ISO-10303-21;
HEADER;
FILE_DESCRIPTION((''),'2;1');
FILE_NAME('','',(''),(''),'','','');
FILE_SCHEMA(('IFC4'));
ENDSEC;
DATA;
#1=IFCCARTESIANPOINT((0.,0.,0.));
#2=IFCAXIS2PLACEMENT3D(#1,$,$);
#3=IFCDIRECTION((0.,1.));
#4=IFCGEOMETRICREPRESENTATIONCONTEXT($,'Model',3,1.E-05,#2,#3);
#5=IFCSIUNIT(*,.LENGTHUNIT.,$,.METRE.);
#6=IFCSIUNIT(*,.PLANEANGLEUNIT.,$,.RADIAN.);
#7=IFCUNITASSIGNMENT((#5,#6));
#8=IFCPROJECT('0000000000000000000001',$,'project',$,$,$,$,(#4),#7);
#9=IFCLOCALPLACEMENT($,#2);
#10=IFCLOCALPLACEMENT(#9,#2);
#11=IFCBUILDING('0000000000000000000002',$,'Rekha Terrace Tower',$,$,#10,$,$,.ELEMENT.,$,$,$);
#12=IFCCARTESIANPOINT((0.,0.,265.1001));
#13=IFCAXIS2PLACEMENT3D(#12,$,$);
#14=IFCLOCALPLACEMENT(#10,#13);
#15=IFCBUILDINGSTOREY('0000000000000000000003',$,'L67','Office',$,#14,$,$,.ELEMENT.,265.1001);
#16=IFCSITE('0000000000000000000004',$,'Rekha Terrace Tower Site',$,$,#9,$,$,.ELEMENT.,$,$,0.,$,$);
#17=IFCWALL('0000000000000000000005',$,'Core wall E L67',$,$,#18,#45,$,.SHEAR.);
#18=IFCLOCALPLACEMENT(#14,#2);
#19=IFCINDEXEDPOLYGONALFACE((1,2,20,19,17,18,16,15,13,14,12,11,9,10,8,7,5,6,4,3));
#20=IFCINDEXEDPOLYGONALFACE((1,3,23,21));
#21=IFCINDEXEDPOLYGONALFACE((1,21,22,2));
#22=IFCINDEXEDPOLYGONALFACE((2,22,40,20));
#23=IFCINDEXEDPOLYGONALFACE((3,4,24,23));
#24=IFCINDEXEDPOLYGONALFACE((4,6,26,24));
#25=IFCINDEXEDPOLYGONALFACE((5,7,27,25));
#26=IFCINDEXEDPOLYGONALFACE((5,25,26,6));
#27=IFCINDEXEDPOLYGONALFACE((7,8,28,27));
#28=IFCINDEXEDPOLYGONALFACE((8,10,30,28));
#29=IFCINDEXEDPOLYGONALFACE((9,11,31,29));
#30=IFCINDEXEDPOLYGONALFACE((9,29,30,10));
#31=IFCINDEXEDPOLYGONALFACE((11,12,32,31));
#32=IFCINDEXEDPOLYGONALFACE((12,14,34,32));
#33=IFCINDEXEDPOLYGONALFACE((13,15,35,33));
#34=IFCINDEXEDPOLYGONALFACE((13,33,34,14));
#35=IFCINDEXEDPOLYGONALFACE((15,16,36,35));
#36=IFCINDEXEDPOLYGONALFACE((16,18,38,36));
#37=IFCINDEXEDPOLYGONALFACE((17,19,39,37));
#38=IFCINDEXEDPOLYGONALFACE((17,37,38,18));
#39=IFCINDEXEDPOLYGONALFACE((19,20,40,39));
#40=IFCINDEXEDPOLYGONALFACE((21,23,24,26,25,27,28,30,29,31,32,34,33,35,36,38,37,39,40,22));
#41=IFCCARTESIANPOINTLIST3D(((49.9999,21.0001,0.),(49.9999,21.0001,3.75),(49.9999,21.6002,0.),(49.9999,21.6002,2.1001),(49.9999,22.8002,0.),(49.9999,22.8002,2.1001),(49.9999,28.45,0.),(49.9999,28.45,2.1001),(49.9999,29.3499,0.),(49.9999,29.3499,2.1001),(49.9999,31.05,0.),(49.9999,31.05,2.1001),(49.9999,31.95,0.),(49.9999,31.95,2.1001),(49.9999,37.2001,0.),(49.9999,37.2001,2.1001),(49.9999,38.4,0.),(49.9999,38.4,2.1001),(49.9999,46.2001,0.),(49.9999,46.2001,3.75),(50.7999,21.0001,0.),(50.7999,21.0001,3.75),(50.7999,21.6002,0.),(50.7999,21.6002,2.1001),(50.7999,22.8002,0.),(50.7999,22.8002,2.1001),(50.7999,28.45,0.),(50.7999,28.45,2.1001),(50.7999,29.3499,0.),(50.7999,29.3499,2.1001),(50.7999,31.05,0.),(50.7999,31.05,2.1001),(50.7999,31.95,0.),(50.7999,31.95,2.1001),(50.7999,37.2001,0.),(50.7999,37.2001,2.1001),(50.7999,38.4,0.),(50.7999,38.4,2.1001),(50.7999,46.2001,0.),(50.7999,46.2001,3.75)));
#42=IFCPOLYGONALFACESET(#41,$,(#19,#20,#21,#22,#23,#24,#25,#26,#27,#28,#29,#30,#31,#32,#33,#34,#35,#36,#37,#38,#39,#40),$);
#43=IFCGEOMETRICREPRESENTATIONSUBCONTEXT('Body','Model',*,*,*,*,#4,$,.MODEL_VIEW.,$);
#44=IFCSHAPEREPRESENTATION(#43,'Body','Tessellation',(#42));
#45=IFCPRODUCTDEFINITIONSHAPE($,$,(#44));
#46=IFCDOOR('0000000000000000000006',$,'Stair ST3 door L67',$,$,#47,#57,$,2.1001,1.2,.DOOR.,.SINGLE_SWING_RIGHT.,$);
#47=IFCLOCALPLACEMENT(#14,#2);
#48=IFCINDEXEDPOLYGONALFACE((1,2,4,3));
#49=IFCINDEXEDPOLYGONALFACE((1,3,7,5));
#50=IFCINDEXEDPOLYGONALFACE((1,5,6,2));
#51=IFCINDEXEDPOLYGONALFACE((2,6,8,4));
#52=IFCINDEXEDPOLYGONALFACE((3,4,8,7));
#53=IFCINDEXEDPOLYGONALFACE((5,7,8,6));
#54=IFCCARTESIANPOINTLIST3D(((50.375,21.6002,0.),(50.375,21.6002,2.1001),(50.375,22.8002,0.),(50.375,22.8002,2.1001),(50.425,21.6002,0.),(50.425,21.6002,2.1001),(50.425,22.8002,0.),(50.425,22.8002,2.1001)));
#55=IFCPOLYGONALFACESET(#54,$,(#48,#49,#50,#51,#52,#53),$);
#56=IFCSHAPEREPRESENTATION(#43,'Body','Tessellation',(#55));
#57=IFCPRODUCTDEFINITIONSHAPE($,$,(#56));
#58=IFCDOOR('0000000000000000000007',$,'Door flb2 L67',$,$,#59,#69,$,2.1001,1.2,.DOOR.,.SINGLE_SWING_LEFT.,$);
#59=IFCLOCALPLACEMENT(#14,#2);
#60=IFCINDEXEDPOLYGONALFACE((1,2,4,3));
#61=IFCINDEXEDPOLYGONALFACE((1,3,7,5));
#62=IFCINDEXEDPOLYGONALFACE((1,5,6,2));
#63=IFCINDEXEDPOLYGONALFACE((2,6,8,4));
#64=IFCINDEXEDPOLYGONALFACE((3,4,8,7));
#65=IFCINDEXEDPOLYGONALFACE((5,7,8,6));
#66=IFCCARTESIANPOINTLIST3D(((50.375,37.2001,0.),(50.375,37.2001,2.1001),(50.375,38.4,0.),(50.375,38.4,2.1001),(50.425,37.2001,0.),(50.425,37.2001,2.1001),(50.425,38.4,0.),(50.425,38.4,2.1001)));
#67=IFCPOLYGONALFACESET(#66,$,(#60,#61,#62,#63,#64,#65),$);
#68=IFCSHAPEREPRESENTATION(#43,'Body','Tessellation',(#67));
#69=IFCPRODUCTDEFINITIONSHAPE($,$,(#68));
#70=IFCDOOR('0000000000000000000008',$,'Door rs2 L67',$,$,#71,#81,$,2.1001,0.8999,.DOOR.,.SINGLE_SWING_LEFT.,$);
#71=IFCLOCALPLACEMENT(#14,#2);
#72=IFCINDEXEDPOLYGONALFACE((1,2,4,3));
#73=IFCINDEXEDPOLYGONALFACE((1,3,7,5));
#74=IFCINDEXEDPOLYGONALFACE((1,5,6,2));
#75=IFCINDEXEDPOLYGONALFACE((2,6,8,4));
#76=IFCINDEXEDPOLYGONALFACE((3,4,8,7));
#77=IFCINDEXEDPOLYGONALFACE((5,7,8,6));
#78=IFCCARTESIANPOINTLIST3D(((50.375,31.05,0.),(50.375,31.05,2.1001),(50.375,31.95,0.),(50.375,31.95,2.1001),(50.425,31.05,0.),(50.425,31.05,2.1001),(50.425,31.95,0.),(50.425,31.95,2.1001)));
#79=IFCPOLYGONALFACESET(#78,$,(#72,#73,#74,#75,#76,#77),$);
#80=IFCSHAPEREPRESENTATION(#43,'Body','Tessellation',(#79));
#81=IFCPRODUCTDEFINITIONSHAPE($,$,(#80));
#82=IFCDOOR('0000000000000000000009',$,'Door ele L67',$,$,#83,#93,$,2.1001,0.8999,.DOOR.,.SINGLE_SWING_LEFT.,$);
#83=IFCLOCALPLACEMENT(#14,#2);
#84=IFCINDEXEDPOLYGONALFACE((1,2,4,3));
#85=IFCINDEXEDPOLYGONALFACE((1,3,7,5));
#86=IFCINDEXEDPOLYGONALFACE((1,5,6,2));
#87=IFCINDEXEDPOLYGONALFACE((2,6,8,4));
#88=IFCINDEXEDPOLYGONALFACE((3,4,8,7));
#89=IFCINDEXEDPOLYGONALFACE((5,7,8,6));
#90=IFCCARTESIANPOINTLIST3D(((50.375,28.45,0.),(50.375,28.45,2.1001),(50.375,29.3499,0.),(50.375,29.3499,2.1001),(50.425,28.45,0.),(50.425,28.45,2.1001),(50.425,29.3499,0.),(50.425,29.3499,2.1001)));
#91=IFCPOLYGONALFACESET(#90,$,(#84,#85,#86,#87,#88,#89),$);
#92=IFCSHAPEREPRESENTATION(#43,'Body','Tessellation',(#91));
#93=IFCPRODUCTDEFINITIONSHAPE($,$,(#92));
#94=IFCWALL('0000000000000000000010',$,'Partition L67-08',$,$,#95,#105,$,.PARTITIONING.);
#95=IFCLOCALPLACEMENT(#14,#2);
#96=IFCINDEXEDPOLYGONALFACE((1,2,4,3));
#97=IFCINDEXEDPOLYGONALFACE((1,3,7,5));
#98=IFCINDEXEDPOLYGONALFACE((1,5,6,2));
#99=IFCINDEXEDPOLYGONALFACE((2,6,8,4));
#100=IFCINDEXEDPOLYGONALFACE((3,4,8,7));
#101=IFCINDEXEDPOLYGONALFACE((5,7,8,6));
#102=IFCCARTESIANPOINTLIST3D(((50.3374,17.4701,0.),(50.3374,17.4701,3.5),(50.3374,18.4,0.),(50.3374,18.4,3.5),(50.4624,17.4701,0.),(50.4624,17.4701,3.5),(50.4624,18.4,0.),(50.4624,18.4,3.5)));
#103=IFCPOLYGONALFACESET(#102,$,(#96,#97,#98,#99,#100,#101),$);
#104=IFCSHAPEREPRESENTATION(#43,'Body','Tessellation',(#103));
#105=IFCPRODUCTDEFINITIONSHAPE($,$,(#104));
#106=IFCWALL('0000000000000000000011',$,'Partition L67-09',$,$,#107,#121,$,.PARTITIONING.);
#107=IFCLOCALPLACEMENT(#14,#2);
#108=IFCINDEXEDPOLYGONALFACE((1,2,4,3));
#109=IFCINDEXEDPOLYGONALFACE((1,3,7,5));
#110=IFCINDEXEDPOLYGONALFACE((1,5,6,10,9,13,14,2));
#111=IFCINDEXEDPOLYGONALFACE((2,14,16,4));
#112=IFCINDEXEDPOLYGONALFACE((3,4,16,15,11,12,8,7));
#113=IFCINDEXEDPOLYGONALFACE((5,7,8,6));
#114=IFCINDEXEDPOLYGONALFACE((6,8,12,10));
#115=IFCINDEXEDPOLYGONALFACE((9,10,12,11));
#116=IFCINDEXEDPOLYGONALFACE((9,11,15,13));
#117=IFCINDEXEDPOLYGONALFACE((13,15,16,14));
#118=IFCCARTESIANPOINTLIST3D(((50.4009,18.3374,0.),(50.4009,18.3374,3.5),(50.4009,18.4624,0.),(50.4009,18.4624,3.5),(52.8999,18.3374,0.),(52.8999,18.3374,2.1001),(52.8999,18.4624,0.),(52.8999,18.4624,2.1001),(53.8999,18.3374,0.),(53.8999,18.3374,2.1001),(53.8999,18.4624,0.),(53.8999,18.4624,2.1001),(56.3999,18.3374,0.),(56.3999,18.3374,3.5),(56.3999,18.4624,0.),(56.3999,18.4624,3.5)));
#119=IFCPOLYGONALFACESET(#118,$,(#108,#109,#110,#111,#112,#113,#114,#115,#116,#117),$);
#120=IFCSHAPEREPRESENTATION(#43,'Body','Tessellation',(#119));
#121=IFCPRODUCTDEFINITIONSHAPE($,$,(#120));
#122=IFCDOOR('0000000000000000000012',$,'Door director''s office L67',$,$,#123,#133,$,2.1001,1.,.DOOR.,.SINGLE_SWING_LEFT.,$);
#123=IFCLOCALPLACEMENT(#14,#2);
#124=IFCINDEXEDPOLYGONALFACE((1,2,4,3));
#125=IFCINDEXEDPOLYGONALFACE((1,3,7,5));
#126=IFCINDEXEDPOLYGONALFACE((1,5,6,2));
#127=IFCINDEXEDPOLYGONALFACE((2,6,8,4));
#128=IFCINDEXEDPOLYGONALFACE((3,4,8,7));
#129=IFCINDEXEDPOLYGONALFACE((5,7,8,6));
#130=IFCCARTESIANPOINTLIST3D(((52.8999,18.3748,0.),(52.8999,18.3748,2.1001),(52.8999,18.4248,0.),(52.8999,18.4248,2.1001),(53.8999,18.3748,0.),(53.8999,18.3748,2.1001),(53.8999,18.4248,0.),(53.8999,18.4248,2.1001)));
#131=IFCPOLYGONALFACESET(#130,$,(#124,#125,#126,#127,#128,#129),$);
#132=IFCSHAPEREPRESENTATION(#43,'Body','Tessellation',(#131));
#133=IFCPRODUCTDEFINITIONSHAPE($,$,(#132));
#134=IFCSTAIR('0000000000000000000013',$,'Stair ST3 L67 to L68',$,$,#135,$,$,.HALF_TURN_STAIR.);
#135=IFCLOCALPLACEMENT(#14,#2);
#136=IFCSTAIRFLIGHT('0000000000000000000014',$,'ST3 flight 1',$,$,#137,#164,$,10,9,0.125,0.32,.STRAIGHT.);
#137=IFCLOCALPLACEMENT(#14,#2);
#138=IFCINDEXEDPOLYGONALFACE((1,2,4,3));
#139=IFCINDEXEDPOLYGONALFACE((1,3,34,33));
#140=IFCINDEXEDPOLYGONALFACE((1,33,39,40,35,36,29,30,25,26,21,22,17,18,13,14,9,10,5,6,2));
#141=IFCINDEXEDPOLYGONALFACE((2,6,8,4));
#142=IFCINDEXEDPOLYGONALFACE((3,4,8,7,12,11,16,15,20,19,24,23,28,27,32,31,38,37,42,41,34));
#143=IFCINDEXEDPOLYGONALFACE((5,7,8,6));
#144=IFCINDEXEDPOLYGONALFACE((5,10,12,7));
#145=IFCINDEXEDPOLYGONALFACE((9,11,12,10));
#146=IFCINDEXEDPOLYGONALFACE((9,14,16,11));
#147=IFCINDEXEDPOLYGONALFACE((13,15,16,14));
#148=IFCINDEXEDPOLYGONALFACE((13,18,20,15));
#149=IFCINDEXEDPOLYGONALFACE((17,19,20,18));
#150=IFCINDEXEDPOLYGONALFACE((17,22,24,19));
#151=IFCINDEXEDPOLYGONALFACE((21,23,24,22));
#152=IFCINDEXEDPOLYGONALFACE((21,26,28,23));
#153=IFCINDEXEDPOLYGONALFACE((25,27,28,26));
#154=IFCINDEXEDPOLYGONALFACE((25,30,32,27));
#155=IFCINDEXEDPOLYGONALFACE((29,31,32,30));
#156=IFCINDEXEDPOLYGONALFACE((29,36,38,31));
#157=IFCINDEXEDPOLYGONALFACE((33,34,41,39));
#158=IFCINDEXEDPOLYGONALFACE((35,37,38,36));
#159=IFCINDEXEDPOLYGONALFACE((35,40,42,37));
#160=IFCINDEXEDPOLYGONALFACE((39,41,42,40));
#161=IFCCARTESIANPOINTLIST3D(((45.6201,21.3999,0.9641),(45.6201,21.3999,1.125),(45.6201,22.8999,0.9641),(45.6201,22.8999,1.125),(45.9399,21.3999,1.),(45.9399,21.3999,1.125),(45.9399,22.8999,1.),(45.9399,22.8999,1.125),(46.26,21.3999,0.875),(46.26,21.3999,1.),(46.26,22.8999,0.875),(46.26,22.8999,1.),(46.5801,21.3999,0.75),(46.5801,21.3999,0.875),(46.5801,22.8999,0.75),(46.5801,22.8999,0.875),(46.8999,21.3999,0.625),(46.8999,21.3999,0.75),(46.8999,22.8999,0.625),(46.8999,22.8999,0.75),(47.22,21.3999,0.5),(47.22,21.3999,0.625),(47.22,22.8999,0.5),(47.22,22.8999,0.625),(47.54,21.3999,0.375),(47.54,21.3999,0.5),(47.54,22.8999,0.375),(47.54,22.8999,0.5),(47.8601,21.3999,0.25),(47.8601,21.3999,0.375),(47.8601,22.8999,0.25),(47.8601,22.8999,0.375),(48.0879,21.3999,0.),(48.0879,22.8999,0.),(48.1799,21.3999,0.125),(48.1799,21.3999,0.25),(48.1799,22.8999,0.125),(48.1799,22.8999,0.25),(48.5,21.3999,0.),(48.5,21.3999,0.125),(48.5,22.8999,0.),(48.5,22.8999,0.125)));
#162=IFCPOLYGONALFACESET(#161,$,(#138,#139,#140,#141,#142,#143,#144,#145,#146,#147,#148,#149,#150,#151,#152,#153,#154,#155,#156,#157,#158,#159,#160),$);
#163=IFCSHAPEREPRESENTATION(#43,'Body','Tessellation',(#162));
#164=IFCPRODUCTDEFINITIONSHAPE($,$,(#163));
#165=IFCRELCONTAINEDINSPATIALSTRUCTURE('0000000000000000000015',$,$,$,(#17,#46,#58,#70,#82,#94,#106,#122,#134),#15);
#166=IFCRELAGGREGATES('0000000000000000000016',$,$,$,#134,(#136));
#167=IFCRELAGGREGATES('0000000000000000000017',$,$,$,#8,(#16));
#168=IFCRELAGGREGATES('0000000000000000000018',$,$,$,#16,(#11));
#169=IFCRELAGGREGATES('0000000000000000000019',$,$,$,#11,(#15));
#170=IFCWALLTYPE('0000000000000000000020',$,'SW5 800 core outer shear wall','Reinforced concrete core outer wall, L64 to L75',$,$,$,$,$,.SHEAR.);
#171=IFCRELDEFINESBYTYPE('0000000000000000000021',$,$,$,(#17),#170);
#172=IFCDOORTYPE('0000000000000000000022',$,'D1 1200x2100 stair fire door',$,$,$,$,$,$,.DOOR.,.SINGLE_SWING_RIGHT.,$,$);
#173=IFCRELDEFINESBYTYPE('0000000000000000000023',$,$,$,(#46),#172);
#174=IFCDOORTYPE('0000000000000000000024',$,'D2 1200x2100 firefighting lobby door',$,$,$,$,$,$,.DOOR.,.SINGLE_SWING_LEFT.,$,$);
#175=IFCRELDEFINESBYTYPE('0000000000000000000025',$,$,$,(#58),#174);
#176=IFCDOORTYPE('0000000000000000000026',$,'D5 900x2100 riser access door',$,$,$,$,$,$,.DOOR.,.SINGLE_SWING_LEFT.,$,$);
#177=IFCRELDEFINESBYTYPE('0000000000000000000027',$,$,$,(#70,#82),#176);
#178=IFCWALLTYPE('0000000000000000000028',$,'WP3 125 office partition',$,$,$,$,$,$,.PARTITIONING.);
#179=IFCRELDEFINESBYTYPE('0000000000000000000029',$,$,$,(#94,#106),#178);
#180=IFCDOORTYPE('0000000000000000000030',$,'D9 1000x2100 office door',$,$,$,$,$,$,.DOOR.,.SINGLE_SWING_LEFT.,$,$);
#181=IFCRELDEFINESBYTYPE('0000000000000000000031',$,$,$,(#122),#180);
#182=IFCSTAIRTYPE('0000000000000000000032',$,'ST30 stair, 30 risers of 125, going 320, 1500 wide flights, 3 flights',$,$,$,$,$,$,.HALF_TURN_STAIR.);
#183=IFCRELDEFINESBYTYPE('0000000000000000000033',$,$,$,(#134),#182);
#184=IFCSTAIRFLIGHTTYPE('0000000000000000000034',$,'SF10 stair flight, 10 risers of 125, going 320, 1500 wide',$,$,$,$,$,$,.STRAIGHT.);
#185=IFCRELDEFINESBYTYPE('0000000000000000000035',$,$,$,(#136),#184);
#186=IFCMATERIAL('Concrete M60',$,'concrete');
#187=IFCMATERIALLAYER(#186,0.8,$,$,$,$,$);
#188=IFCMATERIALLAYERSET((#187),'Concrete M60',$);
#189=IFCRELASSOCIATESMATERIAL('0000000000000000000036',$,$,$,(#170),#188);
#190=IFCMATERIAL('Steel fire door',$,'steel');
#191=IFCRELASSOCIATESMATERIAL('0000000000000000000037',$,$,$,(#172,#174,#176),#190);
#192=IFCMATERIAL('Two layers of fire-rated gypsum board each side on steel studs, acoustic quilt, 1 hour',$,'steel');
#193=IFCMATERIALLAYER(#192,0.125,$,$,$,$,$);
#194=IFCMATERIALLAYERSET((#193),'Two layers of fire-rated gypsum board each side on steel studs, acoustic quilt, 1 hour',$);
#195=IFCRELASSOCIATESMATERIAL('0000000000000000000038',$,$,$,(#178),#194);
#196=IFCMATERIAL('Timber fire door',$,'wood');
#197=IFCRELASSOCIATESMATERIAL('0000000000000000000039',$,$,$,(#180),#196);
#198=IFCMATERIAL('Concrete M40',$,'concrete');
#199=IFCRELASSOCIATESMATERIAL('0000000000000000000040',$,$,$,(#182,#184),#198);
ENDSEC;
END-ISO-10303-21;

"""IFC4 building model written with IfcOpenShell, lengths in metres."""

from ifc_helpers import new_model, si_unit, direction, frame, frame_2d, origin, place, context, subcontext, project, spatial, polyline, rectangle, outline, extrude, material, layer, layer_set, type_object, element, fill, aggregate, save


model = new_model("IFC4")

# Units and contexts
model_context = context("Model", 3, precision=1e-05, world=origin(), true_north=direction((0.0, 1.0)))
body_context = subcontext(model_context, "Body", "Model", "MODEL_VIEW")
ifc_project = project(units=[si_unit("LENGTHUNIT", "METRE"), si_unit("PLANEANGLEUNIT", "RADIAN")], contexts=[model_context])

# Site, building, storey
site_placement = place(None, origin())
site = spatial("IfcSite", under=ifc_project, at=site_placement, Name="Rekha Terrace Tower Site", CompositionType="ELEMENT", RefElevation=0.0)
building_placement = place(site_placement, origin())
building = spatial("IfcBuilding", under=site, at=building_placement, Name="Rekha Terrace Tower", CompositionType="ELEMENT")
storey_placement = place(building_placement, frame((0.0, 0.0, 265.1001)))
storey = spatial("IfcBuildingStorey", under=building, at=storey_placement, Name="L67", Description="Office", CompositionType="ELEMENT", Elevation=265.1001)

# Shared definitions
ifc_material_1 = material(Name="Concrete M60", Category="concrete")

# Wall, openings, doors
ifc_layer_1 = layer(ifc_material_1, 0.8)
ifc_layer_set_1 = layer_set([ifc_layer_1], Name="Concrete M60")
wall_type_1 = type_object("IfcWallType", Name="SW5 800 core outer shear wall", Description="Reinforced concrete core outer wall, L64 to L75", PredefinedType="SHEAR", material=ifc_layer_set_1)
wall_1_placement = place(storey_placement, frame((50.3999, 21.0, 0.0), z_axis=(0.0, 0.0, 1.0), x_axis=(0.0, 1.0, 0.0)))
wall_1 = element("IfcWall", 1, at=wall_1_placement, inside=storey, type_object=wall_type_1, Name="Core wall E L67", PredefinedType="SHEAR", context=body_context, shape_type="SweptSolid", body=[
    extrude(rectangle(XDim=25.2, YDim=0.8, at=frame_2d((12.6001, 0.0))), origin(), (0.0, 0.0, 1.0), 3.75),
])
opening_1_placement = place(wall_1_placement, frame((16.2, 0.0, 0.0)))
opening_1 = element("IfcOpeningElement", 2, at=opening_1_placement, cuts=wall_1, PredefinedType="OPENING", context=body_context, shape_type="SweptSolid", body=[
    extrude(rectangle(XDim=1.2, YDim=2.1001, at=frame_2d((0.6001, 1.05))), frame((0.0, 0.4099, 0.0), z_axis=(0.0, -1.0, 0.0), x_axis=(1.0, 0.0, 0.0)), (0.0, 0.0, 1.0), 0.8201),
])
opening_2_placement = place(wall_1_placement, frame((10.05, 0.0, 0.0)))
opening_2 = element("IfcOpeningElement", 3, at=opening_2_placement, cuts=wall_1, PredefinedType="OPENING", context=body_context, shape_type="SweptSolid", body=[
    extrude(rectangle(XDim=0.8999, YDim=2.1001, at=frame_2d((0.45, 1.05))), frame((0.0, 0.4099, 0.0), z_axis=(0.0, -1.0, 0.0), x_axis=(1.0, 0.0, 0.0)), (0.0, 0.0, 1.0), 0.8201),
])
opening_3_placement = place(wall_1_placement, frame((7.45, 0.0, 0.0)))
opening_3 = element("IfcOpeningElement", 4, at=opening_3_placement, cuts=wall_1, PredefinedType="OPENING", context=body_context, shape_type="SweptSolid", body=[
    extrude(rectangle(XDim=0.8999, YDim=2.1001, at=frame_2d((0.45, 1.05))), frame((0.0, 0.4099, 0.0), z_axis=(0.0, -1.0, 0.0), x_axis=(1.0, 0.0, 0.0)), (0.0, 0.0, 1.0), 0.8201),
])
opening_4_placement = place(wall_1_placement, frame((0.6001, 0.0, 0.0)))
opening_4 = element("IfcOpeningElement", 5, at=opening_4_placement, cuts=wall_1, PredefinedType="OPENING", context=body_context, shape_type="SweptSolid", body=[
    extrude(rectangle(XDim=1.2, YDim=2.1001, at=frame_2d((0.6001, 1.05))), frame((0.0, 0.4099, 0.0), z_axis=(0.0, -1.0, 0.0), x_axis=(1.0, 0.0, 0.0)), (0.0, 0.0, 1.0), 0.8201),
])
ifc_material_2 = material(Name="Steel fire door", Category="steel")
door_type_1 = type_object("IfcDoorType", Name="D1 1200x2100 stair fire door", OperationType="SINGLE_SWING_RIGHT", PredefinedType="DOOR", material=ifc_material_2)
door_1_placement = place(opening_4_placement, origin())
door_1 = element("IfcDoor", 6, at=door_1_placement, inside=storey, type_object=door_type_1, Name="Stair ST3 door L67", OperationType="SINGLE_SWING_RIGHT", OverallHeight=2.1001, OverallWidth=1.2, PredefinedType="DOOR", context=body_context, shape_type="SweptSolid", body=[
    extrude(rectangle(XDim=1.2, YDim=2.1001, at=frame_2d((0.6001, 1.05))), frame((0.0, 0.0249, 0.0), z_axis=(0.0, -1.0, 0.0), x_axis=(1.0, 0.0, 0.0)), (0.0, 0.0, 1.0), 0.05),
])
fill(opening_4, door_1)
door_type_2 = type_object("IfcDoorType", Name="D2 1200x2100 firefighting lobby door", OperationType="SINGLE_SWING_LEFT", PredefinedType="DOOR", material=ifc_material_2)
door_2_placement = place(opening_1_placement, origin())
door_2 = element("IfcDoor", 7, at=door_2_placement, inside=storey, type_object=door_type_2, Name="Door flb2 L67", OperationType="SINGLE_SWING_LEFT", OverallHeight=2.1001, OverallWidth=1.2, PredefinedType="DOOR", context=body_context, shape_type="SweptSolid", body=[
    extrude(rectangle(XDim=1.2, YDim=2.1001, at=frame_2d((0.6001, 1.05))), frame((0.0, 0.0249, 0.0), z_axis=(0.0, -1.0, 0.0), x_axis=(1.0, 0.0, 0.0)), (0.0, 0.0, 1.0), 0.05),
])
fill(opening_1, door_2)
door_type_3 = type_object("IfcDoorType", Name="D5 900x2100 riser access door", OperationType="SINGLE_SWING_LEFT", PredefinedType="DOOR", material=ifc_material_2)
door_3_placement = place(opening_2_placement, origin())
door_3 = element("IfcDoor", 8, at=door_3_placement, inside=storey, type_object=door_type_3, Name="Door rs2 L67", OperationType="SINGLE_SWING_LEFT", OverallHeight=2.1001, OverallWidth=0.8999, PredefinedType="DOOR", context=body_context, shape_type="SweptSolid", body=[
    extrude(rectangle(XDim=0.8999, YDim=2.1001, at=frame_2d((0.45, 1.05))), frame((0.0, 0.0249, 0.0), z_axis=(0.0, -1.0, 0.0), x_axis=(1.0, 0.0, 0.0)), (0.0, 0.0, 1.0), 0.05),
])
fill(opening_2, door_3)
door_4_placement = place(opening_3_placement, origin())
door_4 = element("IfcDoor", 9, at=door_4_placement, inside=storey, type_object=door_type_3, Name="Door ele L67", OperationType="SINGLE_SWING_LEFT", OverallHeight=2.1001, OverallWidth=0.8999, PredefinedType="DOOR", context=body_context, shape_type="SweptSolid", body=[
    extrude(rectangle(XDim=0.8999, YDim=2.1001, at=frame_2d((0.45, 1.05))), frame((0.0, 0.0249, 0.0), z_axis=(0.0, -1.0, 0.0), x_axis=(1.0, 0.0, 0.0)), (0.0, 0.0, 1.0), 0.05),
])
fill(opening_3, door_4)

# Wall
ifc_material_3 = material(Name="Two layers of fire-rated gypsum board each side on steel studs, acoustic quilt, 1 hour", Category="steel")
ifc_layer_2 = layer(ifc_material_3, 0.125)
ifc_layer_set_2 = layer_set([ifc_layer_2], Name="Two layers of fire-rated gypsum board each side on steel studs, acoustic quilt, 1 hour")
wall_type_2 = type_object("IfcWallType", Name="WP3 125 office partition", PredefinedType="PARTITIONING", material=ifc_layer_set_2)
wall_2_placement = place(storey_placement, frame((50.3999, 18.3999, 0.0), z_axis=(0.0, 0.0, 1.0), x_axis=(0.0, -1.0, 0.0)))
element("IfcWall", 10, at=wall_2_placement, inside=storey, type_object=wall_type_2, Name="Partition L67-08", PredefinedType="PARTITIONING", context=body_context, shape_type="SweptSolid", body=[
    extrude(rectangle(XDim=0.9299, YDim=0.125, at=frame_2d((0.4648, 0.0))), origin(), (0.0, 0.0, 1.0), 3.5),
])

# Wall, opening, door
wall_3_placement = place(storey_placement, frame((50.4009, 18.3999, 0.0), z_axis=(0.0, 0.0, 1.0), x_axis=(1.0, 0.0, 0.0)))
wall_3 = element("IfcWall", 11, at=wall_3_placement, inside=storey, type_object=wall_type_2, Name="Partition L67-09", PredefinedType="PARTITIONING", context=body_context, shape_type="SweptSolid", body=[
    extrude(rectangle(XDim=5.999, YDim=0.125, at=frame_2d((2.9995, 0.0))), origin(), (0.0, 0.0, 1.0), 3.5),
])
opening_5_placement = place(wall_3_placement, frame((2.499, 0.0, 0.0)))
opening_5 = element("IfcOpeningElement", 12, at=opening_5_placement, cuts=wall_3, PredefinedType="OPENING", context=body_context, shape_type="SweptSolid", body=[
    extrude(rectangle(XDim=1.0, YDim=2.1001, at=frame_2d((0.5, 1.05))), frame((0.0, 0.0725, 0.0), z_axis=(0.0, -1.0, 0.0), x_axis=(1.0, 0.0, 0.0)), (0.0, 0.0, 1.0), 0.145),
])
ifc_material_4 = material(Name="Timber fire door", Category="wood")
door_type_4 = type_object("IfcDoorType", Name="D9 1000x2100 office door", OperationType="SINGLE_SWING_LEFT", PredefinedType="DOOR", material=ifc_material_4)
door_5_placement = place(opening_5_placement, origin())
door_5 = element("IfcDoor", 13, at=door_5_placement, inside=storey, type_object=door_type_4, Name="Door director's office L67", OperationType="SINGLE_SWING_LEFT", OverallHeight=2.1001, OverallWidth=1.0, PredefinedType="DOOR", context=body_context, shape_type="SweptSolid", body=[
    extrude(rectangle(XDim=1.0, YDim=2.1001, at=frame_2d((0.5, 1.05))), frame((0.0, 0.0249, 0.0), z_axis=(0.0, -1.0, 0.0), x_axis=(1.0, 0.0, 0.0)), (0.0, 0.0, 1.0), 0.05),
])
fill(opening_5, door_5)

# Stair, stair flight
ifc_material_5 = material(Name="Concrete M40", Category="concrete")
stair_type = type_object("IfcStairType", Name="ST30 stair, 30 risers of 125, going 320, 1500 wide flights, 3 flights", PredefinedType="HALF_TURN_STAIR", material=ifc_material_5)
stair_placement = place(storey_placement, origin())
stair = element("IfcStair", 14, at=stair_placement, inside=storey, type_object=stair_type, Name="Stair ST3 L67 to L68", PredefinedType="HALF_TURN_STAIR")
stair_flight_type = type_object("IfcStairFlightType", Name="SF10 stair flight, 10 risers of 125, going 320, 1500 wide", PredefinedType="STRAIGHT", material=ifc_material_5)
stair_flight_1_placement = place(storey_placement, frame((48.5, 22.1499, 0.0), z_axis=(0.0, 0.0, 1.0), x_axis=(-1.0, 0.0, 0.0)))
stair_flight_1 = element("IfcStairFlight", 15, at=stair_flight_1_placement, type_object=stair_flight_type, Name="ST3 flight 1", NumberOfRisers=10, NumberOfTreads=9, PredefinedType="STRAIGHT", RiserHeight=0.125, TreadLength=0.32, context=body_context, shape_type="SweptSolid", body=[
    extrude(outline(polyline([(0.0, 0.0), (0.0, 0.125), (0.3201, 0.125), (0.3201, 0.25), (0.6399, 0.25), (0.6399, 0.375), (0.96, 0.375), (0.96, 0.5), (1.28, 0.5), (1.28, 0.625), (1.6001, 0.625), (1.6001, 0.75), (1.9199, 0.75), (1.9199, 0.875), (2.24, 0.875), (2.24, 1.0), (2.5601, 1.0), (2.5601, 1.125), (2.8799, 1.125), (2.8799, 1.25), (2.8799, 0.9641), (0.4121, 0.0), (0.0, 0.0)])), frame((0.0, 0.75, 0.0), z_axis=(0.0, -1.0, 0.0), x_axis=(1.0, 0.0, 0.0)), (0.0, 0.0, 1.0), 1.5),
])
aggregate(stair, [stair_flight_1])

save(model, "model.ifc")
